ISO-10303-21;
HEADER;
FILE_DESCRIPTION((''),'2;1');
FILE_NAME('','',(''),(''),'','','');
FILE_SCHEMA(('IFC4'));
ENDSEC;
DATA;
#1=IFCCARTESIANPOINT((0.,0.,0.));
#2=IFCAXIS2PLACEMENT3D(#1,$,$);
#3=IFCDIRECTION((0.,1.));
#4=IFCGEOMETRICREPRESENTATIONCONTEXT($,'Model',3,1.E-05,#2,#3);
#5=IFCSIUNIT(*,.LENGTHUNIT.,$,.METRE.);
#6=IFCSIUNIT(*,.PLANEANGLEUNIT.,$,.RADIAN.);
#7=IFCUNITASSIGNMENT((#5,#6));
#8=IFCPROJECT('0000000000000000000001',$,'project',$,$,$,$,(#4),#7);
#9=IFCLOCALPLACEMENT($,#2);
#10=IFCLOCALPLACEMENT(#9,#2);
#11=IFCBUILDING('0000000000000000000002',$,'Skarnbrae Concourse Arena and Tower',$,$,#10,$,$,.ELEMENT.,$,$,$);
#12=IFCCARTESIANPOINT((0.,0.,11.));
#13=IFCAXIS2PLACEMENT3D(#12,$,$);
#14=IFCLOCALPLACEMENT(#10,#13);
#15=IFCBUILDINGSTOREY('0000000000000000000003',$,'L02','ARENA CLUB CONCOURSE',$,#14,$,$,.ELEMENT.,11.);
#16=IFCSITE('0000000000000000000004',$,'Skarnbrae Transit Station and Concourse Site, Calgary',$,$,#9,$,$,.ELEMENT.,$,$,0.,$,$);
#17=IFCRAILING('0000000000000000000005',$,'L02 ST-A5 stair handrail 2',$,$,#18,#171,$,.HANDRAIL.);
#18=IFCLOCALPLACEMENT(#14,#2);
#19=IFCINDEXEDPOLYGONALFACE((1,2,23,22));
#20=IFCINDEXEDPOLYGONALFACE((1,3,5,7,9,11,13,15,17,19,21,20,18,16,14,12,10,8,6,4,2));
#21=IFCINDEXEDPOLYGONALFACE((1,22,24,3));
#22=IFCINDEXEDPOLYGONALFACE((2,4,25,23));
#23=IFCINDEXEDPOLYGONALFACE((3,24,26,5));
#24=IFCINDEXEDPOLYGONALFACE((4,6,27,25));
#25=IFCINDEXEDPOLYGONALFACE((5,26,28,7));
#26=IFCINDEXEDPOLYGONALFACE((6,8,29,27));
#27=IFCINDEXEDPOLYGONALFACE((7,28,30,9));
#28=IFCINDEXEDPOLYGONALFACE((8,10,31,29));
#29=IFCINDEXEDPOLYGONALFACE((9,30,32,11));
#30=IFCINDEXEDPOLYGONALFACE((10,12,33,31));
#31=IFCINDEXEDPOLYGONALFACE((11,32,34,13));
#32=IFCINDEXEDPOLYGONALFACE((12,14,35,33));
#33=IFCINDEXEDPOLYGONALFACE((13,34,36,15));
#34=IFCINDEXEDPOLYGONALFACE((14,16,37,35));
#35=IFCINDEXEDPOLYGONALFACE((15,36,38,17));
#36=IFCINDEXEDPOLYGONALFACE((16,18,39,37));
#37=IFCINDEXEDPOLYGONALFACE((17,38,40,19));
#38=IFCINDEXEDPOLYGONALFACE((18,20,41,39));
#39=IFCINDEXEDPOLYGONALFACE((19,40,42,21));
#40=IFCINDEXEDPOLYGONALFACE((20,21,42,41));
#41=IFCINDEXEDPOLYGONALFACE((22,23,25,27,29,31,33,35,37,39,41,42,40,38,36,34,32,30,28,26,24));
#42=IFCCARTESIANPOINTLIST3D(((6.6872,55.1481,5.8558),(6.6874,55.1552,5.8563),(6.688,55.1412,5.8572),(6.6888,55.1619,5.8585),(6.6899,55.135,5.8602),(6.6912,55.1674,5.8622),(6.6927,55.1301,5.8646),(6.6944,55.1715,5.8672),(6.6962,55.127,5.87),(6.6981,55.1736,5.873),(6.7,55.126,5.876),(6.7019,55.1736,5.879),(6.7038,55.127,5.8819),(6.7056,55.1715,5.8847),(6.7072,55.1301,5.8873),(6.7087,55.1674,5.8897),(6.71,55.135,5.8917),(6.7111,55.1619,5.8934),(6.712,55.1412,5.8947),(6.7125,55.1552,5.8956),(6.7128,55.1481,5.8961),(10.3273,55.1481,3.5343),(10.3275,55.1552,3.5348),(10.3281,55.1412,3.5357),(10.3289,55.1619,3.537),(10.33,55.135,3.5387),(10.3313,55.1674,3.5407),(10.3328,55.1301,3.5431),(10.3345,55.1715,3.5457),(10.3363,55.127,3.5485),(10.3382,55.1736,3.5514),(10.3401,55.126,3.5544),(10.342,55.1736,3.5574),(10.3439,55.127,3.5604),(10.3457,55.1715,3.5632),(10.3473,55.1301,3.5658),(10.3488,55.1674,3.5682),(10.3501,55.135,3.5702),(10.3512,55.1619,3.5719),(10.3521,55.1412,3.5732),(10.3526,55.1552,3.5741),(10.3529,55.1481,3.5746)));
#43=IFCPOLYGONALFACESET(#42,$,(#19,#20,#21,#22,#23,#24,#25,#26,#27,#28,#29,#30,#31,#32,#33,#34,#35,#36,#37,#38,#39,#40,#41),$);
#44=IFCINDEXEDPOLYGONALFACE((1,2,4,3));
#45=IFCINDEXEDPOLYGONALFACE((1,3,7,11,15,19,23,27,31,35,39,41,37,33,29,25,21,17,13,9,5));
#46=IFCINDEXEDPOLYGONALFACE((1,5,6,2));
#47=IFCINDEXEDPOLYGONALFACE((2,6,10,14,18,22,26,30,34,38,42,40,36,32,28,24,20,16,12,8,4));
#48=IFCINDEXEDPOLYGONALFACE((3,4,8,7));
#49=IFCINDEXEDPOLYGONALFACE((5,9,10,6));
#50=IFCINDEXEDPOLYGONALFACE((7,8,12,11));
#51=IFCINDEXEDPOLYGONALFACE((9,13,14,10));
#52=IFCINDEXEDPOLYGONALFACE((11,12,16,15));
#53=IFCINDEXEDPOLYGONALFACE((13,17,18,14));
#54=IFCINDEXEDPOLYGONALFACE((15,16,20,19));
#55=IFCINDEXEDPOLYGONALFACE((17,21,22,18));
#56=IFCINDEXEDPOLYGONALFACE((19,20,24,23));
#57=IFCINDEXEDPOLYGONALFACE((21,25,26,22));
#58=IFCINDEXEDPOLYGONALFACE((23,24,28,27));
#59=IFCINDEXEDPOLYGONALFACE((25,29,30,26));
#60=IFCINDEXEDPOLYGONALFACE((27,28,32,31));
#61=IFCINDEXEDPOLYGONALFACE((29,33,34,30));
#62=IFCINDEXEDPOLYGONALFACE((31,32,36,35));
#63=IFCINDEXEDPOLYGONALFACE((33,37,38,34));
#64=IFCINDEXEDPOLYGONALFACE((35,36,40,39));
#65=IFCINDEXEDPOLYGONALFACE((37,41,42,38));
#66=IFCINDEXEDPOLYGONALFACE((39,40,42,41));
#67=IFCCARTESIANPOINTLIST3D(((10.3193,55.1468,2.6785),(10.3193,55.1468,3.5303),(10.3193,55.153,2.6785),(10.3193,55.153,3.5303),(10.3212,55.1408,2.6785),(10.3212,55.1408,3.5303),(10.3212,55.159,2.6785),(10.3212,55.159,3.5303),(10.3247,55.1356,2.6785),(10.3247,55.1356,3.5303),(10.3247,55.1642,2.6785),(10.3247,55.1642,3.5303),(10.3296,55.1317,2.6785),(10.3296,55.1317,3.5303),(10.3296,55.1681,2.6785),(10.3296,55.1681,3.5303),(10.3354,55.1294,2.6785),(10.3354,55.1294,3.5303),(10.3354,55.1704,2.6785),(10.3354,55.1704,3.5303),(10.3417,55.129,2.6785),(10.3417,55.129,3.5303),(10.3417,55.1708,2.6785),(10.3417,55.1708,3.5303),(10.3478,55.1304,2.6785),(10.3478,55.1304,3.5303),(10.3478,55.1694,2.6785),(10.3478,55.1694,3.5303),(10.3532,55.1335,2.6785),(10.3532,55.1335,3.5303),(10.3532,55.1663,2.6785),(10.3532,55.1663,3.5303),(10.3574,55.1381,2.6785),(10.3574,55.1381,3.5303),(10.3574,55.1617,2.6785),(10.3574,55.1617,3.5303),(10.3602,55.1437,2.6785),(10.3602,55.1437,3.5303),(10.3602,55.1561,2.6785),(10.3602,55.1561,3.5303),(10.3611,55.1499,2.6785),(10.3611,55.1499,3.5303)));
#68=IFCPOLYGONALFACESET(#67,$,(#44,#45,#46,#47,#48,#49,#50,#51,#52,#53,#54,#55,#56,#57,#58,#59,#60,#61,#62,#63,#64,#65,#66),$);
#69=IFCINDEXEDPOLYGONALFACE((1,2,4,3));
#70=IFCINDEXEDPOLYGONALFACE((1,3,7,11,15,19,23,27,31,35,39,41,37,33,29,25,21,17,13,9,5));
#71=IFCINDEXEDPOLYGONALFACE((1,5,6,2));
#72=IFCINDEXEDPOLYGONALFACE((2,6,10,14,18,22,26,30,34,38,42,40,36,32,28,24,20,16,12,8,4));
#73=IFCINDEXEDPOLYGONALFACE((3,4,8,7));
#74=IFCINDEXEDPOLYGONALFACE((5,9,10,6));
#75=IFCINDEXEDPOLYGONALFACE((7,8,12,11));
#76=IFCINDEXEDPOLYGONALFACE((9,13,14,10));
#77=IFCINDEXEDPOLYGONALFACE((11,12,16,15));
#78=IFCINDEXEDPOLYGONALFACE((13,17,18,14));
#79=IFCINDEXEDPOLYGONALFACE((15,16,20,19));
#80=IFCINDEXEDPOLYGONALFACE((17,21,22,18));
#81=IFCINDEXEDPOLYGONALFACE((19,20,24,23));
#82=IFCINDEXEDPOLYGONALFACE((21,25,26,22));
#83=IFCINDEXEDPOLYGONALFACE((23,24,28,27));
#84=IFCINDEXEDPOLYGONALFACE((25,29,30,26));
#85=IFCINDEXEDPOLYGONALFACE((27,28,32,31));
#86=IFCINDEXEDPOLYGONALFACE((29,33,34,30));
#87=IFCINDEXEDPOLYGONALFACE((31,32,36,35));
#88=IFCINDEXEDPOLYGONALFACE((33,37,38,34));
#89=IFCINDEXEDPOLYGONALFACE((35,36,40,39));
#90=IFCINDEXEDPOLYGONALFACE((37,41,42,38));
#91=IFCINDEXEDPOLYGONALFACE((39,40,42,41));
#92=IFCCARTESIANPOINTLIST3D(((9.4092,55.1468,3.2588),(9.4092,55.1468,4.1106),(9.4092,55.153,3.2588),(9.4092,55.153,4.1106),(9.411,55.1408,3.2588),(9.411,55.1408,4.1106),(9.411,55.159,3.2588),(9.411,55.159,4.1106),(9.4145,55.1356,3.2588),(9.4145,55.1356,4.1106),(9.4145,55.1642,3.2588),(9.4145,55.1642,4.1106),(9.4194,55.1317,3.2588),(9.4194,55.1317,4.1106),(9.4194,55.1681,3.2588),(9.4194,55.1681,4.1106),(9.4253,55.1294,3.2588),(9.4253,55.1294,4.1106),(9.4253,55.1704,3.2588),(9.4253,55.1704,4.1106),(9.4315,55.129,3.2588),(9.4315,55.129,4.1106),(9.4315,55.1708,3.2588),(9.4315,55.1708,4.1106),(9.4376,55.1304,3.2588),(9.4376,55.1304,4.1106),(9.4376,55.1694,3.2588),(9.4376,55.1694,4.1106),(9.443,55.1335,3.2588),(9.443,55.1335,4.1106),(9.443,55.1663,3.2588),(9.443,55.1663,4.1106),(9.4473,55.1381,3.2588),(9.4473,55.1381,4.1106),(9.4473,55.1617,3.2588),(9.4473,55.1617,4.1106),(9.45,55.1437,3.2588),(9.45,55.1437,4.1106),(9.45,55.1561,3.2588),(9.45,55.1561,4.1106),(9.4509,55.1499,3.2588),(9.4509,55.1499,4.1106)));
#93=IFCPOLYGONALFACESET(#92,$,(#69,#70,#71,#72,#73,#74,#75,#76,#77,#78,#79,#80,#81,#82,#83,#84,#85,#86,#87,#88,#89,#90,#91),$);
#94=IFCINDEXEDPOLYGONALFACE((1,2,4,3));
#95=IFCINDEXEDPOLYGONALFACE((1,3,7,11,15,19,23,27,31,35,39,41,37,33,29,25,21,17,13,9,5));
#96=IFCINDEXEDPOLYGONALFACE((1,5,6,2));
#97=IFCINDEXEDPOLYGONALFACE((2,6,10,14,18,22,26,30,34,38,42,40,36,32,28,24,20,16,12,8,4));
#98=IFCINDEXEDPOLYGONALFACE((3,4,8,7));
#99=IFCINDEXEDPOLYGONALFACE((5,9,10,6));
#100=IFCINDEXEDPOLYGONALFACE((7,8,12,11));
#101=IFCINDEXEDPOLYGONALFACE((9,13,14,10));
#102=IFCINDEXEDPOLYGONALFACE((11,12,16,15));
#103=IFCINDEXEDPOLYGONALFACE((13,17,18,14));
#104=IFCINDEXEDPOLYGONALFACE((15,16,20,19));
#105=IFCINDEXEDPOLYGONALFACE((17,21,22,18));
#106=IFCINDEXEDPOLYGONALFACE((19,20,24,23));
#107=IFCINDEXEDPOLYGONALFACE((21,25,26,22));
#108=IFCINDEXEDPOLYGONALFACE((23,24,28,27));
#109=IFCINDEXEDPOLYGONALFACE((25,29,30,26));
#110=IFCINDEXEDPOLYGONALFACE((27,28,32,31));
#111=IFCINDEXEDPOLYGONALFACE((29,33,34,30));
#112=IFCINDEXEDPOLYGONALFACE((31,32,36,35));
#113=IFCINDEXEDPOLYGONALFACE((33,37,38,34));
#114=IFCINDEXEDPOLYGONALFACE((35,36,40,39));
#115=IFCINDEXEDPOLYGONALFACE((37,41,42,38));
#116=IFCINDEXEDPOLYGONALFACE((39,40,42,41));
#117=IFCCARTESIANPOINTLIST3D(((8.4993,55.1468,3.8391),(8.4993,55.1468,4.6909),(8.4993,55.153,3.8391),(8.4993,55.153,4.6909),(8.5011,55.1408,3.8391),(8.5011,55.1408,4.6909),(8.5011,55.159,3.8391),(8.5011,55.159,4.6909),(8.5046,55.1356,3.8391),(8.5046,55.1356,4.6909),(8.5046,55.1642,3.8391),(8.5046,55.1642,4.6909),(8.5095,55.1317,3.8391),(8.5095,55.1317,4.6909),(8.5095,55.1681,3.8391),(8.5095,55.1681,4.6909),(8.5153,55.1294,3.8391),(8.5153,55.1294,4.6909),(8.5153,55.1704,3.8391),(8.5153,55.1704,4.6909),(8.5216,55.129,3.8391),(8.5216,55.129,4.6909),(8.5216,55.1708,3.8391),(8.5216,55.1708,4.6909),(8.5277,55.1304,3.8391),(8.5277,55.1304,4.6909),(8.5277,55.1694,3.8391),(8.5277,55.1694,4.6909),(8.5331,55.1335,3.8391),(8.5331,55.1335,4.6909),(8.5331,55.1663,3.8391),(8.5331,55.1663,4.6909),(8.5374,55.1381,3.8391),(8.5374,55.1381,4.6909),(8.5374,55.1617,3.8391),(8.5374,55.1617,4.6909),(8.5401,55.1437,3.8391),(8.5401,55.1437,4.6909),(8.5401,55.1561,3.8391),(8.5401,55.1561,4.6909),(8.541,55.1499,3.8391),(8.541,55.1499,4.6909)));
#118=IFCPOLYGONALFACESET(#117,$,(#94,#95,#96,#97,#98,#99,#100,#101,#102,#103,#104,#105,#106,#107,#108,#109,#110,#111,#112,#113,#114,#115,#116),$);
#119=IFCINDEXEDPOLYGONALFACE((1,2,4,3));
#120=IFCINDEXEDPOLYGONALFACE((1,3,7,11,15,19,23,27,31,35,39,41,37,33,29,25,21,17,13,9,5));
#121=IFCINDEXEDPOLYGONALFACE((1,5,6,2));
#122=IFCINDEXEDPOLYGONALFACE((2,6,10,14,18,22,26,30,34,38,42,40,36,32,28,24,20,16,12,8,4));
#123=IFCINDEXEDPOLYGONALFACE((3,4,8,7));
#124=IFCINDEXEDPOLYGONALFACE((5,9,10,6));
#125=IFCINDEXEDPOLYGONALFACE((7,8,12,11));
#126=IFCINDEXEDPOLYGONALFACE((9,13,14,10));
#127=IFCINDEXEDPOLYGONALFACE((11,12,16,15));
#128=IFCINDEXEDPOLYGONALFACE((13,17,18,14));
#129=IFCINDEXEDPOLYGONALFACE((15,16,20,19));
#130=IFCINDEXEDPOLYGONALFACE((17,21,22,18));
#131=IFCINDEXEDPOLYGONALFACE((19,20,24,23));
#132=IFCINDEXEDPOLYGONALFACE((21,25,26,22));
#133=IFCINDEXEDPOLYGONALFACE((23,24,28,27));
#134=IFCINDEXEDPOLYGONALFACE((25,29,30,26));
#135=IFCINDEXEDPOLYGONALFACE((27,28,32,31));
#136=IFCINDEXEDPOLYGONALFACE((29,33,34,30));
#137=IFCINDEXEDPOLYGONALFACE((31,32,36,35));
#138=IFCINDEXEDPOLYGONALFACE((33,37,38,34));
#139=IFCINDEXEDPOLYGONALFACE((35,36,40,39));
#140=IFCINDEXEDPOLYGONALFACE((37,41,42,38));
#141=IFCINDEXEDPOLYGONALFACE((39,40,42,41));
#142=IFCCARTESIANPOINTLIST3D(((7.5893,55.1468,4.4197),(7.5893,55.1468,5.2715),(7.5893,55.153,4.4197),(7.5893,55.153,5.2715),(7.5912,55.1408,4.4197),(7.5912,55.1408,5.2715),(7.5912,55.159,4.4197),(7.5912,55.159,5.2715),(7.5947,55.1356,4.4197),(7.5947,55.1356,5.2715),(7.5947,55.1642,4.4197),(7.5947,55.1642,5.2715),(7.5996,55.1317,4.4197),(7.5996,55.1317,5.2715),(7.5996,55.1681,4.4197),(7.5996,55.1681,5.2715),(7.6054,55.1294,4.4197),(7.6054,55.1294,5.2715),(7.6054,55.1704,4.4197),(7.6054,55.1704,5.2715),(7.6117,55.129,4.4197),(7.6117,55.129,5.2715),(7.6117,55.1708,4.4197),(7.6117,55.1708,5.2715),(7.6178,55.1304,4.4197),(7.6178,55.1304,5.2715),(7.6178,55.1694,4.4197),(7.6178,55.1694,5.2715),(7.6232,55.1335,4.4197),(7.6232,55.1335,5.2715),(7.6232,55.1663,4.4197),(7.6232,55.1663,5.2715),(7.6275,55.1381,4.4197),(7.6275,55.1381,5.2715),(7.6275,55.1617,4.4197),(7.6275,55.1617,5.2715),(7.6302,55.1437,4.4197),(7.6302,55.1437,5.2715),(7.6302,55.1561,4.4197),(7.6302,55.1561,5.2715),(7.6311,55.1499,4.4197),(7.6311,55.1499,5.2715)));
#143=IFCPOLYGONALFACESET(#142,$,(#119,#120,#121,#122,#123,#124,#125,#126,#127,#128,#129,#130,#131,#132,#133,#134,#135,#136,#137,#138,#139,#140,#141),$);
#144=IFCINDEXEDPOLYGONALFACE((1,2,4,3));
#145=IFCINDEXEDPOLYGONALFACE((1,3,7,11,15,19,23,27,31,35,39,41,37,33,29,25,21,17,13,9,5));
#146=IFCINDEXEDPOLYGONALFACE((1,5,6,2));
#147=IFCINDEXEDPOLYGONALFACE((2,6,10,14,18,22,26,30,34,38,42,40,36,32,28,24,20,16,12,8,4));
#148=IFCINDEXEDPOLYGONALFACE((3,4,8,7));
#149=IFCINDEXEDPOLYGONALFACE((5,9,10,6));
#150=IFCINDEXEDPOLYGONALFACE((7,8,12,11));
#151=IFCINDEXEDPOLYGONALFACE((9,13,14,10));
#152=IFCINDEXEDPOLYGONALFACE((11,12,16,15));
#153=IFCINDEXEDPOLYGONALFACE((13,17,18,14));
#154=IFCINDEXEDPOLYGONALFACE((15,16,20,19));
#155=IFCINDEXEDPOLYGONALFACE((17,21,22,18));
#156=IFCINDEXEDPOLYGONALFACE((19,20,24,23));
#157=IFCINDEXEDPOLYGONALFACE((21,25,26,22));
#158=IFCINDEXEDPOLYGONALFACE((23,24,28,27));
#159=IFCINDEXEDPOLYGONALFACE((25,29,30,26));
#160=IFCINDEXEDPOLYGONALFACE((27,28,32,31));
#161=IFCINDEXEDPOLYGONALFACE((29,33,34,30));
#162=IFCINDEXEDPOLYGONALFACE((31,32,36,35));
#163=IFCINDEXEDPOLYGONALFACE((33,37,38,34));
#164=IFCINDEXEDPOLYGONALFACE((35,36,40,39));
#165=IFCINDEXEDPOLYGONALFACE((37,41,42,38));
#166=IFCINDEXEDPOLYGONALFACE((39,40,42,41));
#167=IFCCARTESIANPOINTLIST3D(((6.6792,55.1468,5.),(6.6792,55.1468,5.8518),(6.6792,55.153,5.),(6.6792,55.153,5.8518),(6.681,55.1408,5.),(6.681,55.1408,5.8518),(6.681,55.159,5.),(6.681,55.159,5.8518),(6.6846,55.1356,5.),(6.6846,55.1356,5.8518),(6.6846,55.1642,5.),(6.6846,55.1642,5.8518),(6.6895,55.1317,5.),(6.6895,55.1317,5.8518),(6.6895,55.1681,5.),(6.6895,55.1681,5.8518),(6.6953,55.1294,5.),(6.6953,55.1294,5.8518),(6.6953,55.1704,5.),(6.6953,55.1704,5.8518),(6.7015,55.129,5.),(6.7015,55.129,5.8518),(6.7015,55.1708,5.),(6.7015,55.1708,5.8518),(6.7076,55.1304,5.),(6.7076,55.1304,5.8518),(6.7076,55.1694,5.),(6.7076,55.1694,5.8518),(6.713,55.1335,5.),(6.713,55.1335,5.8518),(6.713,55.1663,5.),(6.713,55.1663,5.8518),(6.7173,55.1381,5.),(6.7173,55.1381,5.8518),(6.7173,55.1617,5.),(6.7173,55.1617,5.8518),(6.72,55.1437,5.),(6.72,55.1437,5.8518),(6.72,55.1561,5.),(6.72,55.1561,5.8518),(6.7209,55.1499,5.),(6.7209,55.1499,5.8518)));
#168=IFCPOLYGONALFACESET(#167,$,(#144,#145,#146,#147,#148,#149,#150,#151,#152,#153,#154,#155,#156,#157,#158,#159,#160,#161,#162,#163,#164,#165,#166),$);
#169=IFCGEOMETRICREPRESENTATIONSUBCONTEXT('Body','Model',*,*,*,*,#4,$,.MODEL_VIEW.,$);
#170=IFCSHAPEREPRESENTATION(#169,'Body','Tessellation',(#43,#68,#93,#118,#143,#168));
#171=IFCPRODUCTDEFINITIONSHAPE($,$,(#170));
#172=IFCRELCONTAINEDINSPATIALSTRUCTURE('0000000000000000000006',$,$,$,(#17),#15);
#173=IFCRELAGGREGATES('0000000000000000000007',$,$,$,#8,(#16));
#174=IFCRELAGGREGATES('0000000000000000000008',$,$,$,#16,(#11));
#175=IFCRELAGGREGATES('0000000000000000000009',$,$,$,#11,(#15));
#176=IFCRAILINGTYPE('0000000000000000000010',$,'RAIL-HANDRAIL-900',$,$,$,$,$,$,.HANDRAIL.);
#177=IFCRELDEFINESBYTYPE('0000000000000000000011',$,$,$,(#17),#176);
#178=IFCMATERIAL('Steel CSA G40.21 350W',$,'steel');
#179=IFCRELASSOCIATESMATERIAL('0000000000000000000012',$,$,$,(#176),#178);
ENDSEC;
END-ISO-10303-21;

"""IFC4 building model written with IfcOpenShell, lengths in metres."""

from ifc_helpers import new_model, si_unit, direction, frame, origin, origin_2d, place, context, subcontext, project, spatial, circle, extrude, material, type_object, element, save


model = new_model("IFC4")

# Units and contexts
model_context = context("Model", 3, precision=1e-05, world=origin(), true_north=direction((0.0, 1.0)))
body_context = subcontext(model_context, "Body", "Model", "MODEL_VIEW")
ifc_project = project(units=[si_unit("LENGTHUNIT", "METRE"), si_unit("PLANEANGLEUNIT", "RADIAN")], contexts=[model_context])

# Site, building, storey
site_placement = place(None, origin())
site = spatial("IfcSite", under=ifc_project, at=site_placement, Name="Skarnbrae Transit Station and Concourse Site, Calgary", CompositionType="ELEMENT", RefElevation=0.0)
building_placement = place(site_placement, origin())
building = spatial("IfcBuilding", under=site, at=building_placement, Name="Skarnbrae Concourse Arena and Tower", CompositionType="ELEMENT")
storey_placement = place(building_placement, frame((0.0, 0.0, 11.0)))
storey = spatial("IfcBuildingStorey", under=building, at=storey_placement, Name="L02", Description="ARENA CLUB CONCOURSE", CompositionType="ELEMENT", Elevation=11.0)

# Shared definitions
ifc_material_1 = material(Name="Steel CSA G40.21 350W", Category="steel")

# Railing
railing_type_1 = type_object("IfcRailingType", Name="RAIL-HANDRAIL-900", PredefinedType="HANDRAIL", material=ifc_material_1)
railing_1_placement = place(storey_placement, frame((10.3401, 55.1499, 2.6785)))
element("IfcRailing", 1, at=railing_1_placement, inside=storey, type_object=railing_type_1, Name="L02 ST-A5 stair handrail 2", PredefinedType="HANDRAIL", context=body_context, shape_type="SweptSolid", body=[
    extrude(circle(Radius=0.0239, at=origin_2d()), frame((0.0, 0.0, 0.876), z_axis=(-0.843128, 0.0, 0.537713), x_axis=(0.0, -1.0, 0.0)), (0.0, 0.0, 1.0), 4.3174),
    extrude(circle(Radius=0.021, at=origin_2d()), origin(), (0.0, 0.0, 1.0), 0.8518),
    extrude(circle(Radius=0.021, at=origin_2d()), frame((-0.9102, 0.0, 0.5803)), (0.0, 0.0, 1.0), 0.8518),
    extrude(circle(Radius=0.021, at=origin_2d()), frame((-1.8201, 0.0, 1.1606)), (0.0, 0.0, 1.0), 0.8518),
    extrude(circle(Radius=0.021, at=origin_2d()), frame((-2.73, 0.0, 1.7412)), (0.0, 0.0, 1.0), 0.8518),
    extrude(circle(Radius=0.021, at=origin_2d()), frame((-3.6401, 0.0, 2.3215)), (0.0, 0.0, 1.0), 0.8518),
])

save(model, "model.ifc")
